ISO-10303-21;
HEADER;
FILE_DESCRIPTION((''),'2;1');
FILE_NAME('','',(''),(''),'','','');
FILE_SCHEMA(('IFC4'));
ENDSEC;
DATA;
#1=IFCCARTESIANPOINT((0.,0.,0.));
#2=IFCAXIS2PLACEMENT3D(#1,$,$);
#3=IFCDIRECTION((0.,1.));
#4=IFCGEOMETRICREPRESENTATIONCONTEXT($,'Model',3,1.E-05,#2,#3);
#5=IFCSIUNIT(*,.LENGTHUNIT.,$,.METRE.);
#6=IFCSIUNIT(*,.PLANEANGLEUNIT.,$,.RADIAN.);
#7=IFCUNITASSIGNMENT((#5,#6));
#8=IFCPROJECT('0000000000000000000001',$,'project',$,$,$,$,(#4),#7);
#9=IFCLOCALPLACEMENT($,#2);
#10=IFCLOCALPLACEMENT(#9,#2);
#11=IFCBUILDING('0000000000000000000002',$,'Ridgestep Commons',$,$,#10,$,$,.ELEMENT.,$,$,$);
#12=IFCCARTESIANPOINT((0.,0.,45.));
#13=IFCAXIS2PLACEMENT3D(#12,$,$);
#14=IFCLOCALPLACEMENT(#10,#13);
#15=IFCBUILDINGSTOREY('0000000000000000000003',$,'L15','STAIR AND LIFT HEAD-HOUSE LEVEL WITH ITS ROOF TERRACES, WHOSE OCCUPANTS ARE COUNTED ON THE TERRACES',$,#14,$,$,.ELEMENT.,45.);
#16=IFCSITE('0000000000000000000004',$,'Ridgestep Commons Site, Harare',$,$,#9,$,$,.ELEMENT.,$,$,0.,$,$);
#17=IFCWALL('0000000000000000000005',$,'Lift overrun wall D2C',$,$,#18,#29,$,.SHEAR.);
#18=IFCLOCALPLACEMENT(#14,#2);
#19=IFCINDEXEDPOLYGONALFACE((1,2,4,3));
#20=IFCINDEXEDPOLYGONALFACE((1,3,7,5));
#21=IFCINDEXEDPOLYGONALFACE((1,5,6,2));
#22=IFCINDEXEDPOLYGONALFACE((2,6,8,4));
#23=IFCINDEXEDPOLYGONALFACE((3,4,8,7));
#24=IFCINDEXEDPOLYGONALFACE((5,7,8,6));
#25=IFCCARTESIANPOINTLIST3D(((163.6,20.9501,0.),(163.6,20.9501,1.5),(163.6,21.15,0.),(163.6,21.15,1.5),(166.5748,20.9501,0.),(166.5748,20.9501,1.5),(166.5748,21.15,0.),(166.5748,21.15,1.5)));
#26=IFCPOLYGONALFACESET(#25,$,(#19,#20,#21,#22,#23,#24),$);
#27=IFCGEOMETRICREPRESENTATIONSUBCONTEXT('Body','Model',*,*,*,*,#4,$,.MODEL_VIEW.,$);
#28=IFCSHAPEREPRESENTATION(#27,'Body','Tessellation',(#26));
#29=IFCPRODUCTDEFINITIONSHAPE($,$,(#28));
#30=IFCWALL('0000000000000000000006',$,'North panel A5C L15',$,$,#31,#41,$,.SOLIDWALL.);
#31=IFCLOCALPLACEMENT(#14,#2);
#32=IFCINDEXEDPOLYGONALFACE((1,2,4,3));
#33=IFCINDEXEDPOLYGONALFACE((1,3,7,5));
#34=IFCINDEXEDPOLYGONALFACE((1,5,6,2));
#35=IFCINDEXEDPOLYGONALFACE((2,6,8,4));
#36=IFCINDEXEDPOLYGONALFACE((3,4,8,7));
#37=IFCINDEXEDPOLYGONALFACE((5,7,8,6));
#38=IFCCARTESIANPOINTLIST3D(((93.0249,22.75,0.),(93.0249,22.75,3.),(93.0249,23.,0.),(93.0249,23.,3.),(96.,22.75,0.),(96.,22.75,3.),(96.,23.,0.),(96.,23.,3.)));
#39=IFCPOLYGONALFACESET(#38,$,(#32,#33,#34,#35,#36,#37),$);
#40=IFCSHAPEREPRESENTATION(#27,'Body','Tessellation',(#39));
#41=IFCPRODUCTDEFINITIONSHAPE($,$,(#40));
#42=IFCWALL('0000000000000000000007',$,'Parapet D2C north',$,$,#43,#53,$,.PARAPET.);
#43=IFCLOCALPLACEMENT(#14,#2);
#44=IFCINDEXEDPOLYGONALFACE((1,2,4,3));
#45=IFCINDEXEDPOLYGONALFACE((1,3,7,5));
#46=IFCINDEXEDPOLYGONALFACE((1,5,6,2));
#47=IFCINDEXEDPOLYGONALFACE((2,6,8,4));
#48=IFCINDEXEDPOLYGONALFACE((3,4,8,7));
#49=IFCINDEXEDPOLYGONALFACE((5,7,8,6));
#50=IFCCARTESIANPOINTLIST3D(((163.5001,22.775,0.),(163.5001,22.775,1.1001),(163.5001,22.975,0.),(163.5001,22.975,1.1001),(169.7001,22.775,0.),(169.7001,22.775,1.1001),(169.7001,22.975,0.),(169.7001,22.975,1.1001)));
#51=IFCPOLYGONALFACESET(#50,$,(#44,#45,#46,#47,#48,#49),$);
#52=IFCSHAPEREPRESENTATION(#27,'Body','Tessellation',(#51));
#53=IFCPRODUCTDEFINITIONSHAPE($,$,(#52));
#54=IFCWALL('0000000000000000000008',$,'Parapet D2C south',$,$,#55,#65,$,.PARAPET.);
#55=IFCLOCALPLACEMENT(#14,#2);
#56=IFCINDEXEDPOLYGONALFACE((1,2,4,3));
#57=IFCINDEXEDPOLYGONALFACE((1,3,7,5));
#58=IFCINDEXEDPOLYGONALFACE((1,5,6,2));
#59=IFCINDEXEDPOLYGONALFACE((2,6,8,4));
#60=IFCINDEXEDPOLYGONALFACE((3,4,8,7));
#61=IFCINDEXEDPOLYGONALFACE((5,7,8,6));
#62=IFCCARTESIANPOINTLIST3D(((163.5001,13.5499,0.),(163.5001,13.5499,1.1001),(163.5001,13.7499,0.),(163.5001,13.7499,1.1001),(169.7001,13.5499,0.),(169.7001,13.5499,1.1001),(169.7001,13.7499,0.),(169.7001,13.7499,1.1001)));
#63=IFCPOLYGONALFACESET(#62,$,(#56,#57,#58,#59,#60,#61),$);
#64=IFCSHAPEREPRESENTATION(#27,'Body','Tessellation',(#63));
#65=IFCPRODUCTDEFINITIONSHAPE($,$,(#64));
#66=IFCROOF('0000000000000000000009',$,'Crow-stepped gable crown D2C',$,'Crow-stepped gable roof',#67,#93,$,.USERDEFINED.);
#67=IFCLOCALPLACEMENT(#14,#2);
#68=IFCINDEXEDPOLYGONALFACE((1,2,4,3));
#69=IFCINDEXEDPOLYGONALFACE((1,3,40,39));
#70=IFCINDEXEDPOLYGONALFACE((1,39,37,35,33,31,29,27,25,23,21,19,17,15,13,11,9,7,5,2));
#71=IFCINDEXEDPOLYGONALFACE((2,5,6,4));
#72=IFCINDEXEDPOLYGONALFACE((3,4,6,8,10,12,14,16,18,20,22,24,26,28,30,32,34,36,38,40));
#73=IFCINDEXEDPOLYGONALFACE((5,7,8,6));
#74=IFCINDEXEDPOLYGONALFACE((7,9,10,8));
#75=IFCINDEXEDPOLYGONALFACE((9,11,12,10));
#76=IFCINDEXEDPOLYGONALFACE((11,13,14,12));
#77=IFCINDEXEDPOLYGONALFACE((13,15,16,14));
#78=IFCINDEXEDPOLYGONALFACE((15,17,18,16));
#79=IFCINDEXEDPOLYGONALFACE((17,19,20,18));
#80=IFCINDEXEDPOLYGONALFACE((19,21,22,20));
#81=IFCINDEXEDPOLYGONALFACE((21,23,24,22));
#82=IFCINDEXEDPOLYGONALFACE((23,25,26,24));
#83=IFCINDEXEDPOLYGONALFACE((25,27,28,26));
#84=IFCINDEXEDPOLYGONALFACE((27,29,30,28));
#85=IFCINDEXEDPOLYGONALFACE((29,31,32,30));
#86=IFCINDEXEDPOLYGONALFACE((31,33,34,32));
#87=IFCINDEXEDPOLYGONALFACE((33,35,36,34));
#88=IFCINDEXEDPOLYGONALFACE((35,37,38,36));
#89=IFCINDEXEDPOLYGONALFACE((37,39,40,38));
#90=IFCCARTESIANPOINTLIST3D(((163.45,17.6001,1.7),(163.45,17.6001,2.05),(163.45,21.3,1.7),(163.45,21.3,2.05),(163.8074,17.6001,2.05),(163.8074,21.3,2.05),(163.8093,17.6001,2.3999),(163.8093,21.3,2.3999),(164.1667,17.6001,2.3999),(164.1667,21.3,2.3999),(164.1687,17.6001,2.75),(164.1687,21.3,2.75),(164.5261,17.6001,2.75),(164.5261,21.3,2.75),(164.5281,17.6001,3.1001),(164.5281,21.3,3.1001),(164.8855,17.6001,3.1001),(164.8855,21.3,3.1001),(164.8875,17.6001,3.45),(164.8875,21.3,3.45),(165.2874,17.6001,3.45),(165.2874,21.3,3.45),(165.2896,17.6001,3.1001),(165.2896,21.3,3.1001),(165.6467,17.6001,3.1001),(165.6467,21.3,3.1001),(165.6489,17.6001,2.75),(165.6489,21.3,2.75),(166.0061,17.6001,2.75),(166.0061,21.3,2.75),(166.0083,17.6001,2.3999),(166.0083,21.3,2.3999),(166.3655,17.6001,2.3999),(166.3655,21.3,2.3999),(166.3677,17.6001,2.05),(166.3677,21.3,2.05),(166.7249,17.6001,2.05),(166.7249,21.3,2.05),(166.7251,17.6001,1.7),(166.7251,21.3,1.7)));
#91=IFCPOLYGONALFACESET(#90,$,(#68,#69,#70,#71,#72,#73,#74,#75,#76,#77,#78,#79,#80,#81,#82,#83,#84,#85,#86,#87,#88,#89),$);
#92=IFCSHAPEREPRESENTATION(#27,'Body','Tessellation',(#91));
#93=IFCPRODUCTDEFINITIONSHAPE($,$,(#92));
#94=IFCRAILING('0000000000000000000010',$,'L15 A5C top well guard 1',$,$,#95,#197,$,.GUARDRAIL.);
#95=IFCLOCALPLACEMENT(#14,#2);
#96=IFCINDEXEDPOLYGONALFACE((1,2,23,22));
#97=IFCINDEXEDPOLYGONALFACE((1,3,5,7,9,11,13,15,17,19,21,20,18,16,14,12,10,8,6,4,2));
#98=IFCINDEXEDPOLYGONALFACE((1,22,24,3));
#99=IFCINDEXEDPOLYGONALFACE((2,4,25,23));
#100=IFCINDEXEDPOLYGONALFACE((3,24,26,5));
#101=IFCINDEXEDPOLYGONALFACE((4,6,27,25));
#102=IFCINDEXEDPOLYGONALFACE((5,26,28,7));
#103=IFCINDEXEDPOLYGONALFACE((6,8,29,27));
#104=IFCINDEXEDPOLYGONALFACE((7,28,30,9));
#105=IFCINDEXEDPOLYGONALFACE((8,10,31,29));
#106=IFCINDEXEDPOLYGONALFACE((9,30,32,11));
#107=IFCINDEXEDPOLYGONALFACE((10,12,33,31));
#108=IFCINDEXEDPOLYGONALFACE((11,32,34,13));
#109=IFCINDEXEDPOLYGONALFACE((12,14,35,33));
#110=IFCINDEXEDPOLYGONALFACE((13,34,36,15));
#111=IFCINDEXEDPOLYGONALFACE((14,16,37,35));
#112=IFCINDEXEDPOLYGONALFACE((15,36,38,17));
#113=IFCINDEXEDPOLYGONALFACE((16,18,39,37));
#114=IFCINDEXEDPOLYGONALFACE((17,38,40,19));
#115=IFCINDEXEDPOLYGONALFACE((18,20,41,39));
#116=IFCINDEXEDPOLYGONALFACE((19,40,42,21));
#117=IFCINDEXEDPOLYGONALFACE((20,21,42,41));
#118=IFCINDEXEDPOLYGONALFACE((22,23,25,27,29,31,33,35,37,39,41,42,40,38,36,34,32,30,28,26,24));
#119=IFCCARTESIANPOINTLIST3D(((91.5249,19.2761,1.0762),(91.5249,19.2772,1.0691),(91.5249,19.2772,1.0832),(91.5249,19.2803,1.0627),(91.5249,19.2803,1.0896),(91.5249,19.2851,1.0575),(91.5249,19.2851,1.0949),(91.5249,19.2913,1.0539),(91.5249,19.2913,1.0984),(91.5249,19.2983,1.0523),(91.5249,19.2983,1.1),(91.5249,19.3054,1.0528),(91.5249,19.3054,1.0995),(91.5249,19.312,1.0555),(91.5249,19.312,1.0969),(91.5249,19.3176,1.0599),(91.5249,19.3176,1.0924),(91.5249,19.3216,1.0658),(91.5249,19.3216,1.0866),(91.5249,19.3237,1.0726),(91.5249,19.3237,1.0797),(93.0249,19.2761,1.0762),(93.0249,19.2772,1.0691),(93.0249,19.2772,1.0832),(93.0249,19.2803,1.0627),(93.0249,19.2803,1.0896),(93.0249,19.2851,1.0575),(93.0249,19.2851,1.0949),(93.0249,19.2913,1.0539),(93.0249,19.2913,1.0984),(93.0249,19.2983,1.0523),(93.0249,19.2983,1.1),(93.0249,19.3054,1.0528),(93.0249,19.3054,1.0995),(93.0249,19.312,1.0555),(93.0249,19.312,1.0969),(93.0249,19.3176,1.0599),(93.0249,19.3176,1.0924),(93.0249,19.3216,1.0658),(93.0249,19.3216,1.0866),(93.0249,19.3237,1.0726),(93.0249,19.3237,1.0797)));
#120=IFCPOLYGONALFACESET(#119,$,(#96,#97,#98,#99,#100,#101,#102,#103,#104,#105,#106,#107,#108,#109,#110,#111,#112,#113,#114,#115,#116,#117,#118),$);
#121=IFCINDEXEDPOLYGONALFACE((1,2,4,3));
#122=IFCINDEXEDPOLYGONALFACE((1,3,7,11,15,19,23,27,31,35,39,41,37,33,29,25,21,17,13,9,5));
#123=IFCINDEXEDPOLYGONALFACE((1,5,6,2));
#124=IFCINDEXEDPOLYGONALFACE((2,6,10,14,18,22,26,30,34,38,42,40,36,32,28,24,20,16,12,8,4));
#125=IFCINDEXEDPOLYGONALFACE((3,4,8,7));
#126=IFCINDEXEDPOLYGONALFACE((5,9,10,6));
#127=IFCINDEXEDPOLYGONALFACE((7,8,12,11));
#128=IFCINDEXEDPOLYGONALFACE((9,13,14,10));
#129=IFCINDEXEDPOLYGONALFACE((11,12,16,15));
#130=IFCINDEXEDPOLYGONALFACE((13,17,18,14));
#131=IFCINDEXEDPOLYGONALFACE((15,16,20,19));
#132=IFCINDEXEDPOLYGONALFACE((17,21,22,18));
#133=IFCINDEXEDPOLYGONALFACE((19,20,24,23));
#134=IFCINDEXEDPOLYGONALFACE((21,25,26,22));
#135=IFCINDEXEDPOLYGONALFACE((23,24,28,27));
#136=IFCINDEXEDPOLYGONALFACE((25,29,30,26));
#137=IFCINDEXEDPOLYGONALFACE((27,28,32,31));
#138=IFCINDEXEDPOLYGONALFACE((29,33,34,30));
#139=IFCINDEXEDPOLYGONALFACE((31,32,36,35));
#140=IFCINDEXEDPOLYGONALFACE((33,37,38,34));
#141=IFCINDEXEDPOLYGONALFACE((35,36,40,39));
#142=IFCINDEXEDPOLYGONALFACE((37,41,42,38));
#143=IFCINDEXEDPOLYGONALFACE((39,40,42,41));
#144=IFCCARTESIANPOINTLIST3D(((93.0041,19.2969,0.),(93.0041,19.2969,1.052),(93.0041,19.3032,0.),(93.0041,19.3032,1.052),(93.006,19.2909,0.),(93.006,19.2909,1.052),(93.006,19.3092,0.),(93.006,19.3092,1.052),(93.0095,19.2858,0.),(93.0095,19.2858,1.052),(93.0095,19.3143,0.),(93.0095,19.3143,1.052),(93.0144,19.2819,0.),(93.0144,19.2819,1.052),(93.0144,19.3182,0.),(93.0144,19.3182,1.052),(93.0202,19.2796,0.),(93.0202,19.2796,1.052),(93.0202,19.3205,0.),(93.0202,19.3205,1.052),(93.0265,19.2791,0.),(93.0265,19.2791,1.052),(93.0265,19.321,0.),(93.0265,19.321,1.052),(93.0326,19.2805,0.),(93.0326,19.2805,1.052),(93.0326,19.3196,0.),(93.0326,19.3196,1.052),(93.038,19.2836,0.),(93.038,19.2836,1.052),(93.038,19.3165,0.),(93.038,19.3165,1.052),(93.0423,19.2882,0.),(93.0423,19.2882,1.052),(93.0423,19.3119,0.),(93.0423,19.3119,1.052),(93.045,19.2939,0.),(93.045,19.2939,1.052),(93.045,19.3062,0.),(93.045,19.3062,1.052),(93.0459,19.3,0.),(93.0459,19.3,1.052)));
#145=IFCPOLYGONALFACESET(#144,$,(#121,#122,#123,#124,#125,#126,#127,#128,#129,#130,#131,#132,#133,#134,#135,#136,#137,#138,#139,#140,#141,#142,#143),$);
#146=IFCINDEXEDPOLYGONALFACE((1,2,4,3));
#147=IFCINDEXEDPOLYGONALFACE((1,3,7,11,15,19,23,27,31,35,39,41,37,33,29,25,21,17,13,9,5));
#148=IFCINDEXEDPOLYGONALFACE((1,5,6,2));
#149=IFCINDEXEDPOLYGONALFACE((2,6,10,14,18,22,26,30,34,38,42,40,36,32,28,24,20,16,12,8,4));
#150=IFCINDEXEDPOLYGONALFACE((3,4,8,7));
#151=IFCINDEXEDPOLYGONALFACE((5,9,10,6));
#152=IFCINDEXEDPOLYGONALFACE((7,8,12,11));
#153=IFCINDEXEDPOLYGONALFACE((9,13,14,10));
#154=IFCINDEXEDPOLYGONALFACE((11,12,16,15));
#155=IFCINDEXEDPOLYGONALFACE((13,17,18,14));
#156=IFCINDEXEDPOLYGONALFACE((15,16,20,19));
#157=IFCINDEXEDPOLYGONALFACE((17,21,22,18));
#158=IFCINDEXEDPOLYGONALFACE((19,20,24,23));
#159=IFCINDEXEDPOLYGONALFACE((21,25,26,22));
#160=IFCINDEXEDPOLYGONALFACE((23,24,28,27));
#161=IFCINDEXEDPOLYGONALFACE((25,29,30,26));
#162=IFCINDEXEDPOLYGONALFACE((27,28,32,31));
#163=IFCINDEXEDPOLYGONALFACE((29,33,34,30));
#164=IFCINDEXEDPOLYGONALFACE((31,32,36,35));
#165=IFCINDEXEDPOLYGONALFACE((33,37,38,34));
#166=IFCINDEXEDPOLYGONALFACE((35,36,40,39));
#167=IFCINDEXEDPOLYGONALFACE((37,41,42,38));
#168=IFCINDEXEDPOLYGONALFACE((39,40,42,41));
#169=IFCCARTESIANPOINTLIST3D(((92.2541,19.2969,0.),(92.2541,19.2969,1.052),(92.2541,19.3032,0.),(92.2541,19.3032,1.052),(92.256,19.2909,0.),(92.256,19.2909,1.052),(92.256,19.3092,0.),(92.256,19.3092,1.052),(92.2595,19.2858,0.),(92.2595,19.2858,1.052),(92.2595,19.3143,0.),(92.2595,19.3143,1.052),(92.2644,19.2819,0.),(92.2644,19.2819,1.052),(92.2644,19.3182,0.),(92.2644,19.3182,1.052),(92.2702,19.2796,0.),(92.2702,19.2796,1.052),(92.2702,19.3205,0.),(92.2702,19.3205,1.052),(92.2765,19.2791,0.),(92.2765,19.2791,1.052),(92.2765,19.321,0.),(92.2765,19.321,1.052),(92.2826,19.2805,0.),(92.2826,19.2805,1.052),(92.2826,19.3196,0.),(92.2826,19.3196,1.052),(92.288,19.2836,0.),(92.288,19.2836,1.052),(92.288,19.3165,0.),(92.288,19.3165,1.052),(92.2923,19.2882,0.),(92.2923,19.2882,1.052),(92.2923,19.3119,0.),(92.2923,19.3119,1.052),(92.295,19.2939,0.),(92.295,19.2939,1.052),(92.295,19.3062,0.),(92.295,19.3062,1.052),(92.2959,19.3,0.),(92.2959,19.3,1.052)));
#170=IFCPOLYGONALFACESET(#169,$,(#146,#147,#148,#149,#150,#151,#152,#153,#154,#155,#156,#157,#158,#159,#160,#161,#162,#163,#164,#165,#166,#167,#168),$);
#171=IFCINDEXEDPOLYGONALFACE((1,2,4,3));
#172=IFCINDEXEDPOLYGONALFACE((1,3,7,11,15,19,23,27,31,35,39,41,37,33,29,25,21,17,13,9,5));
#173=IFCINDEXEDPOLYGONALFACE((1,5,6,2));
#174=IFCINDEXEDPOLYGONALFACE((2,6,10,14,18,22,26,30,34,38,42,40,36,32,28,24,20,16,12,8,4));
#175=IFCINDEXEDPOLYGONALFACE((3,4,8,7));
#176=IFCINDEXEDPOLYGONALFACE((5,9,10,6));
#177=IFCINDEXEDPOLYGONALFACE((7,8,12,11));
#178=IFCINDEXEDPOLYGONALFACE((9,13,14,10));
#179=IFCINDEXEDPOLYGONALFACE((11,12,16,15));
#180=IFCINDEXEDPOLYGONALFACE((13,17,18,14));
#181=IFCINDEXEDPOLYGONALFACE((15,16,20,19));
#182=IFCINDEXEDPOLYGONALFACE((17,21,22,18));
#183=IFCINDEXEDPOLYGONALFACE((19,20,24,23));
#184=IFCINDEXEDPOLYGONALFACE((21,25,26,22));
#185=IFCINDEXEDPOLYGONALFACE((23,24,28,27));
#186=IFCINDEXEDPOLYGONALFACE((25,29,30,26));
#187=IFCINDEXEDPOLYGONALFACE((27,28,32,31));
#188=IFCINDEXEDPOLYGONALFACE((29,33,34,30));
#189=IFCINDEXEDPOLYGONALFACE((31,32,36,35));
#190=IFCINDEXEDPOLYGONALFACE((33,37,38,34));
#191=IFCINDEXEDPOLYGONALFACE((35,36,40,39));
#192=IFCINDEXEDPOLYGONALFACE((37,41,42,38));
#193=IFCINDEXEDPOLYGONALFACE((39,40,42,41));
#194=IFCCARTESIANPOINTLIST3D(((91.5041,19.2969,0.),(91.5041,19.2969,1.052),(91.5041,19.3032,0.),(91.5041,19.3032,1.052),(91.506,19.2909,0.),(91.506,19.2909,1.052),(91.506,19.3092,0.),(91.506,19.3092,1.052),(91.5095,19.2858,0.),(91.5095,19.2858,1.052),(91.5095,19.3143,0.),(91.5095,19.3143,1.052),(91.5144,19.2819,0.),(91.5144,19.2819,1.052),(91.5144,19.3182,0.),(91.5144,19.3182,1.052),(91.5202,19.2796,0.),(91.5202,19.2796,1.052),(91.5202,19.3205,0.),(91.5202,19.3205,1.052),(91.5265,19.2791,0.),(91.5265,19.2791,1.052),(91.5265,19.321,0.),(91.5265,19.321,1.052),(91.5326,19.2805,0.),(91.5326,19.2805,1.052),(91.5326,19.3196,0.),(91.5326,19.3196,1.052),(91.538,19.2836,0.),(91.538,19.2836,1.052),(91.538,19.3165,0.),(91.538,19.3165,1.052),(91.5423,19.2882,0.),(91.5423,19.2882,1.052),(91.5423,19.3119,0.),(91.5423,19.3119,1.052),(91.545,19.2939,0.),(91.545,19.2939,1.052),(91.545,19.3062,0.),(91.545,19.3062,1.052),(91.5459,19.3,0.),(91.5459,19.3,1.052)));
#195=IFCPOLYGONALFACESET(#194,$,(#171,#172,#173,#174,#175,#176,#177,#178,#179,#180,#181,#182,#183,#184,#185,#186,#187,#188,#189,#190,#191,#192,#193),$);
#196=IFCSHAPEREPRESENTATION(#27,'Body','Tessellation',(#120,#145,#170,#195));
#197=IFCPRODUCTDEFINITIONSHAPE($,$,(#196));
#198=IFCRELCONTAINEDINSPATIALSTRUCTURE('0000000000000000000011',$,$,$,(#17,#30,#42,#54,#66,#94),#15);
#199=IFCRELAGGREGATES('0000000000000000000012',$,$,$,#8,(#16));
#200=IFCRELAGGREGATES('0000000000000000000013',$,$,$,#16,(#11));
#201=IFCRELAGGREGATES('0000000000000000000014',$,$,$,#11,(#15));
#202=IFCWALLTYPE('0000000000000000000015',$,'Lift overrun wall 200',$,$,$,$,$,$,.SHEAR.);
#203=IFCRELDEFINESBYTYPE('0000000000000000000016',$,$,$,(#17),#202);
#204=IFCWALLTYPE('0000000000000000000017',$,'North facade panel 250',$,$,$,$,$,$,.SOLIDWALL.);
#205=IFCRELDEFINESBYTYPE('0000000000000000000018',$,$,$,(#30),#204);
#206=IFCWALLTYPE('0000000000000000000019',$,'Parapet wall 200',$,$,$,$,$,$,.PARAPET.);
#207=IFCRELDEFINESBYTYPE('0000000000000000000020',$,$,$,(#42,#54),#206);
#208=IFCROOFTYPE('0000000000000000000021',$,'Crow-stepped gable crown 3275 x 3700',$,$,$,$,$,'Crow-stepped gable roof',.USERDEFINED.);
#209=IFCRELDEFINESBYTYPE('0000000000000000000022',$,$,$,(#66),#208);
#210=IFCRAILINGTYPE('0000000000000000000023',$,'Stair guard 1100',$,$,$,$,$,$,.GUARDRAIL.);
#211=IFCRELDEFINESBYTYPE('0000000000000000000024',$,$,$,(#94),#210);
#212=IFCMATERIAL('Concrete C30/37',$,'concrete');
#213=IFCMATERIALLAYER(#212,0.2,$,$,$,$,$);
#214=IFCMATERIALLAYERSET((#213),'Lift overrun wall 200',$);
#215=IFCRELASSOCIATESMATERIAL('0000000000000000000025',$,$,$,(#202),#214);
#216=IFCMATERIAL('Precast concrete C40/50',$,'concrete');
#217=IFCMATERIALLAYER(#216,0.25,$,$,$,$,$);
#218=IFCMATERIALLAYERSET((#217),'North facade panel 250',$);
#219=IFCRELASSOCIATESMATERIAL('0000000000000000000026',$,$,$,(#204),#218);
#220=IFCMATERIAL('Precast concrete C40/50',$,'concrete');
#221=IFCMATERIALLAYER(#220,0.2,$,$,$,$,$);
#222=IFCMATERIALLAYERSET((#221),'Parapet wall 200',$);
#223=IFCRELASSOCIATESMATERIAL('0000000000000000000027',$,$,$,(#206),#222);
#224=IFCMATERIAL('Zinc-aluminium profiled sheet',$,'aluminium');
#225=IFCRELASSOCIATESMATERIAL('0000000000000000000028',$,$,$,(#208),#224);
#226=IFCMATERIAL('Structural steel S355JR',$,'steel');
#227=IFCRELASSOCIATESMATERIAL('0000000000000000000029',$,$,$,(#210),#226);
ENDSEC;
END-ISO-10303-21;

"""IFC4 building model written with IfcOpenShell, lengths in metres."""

from ifc_helpers import new_model, si_unit, direction, frame, frame_2d, origin, origin_2d, place, context, subcontext, project, spatial, polyline, rectangle, circle, outline, extrude, material, layer, layer_set, type_object, element, save


model = new_model("IFC4")

# Units and contexts
model_context = context("Model", 3, precision=1e-05, world=origin(), true_north=direction((0.0, 1.0)))
body_context = subcontext(model_context, "Body", "Model", "MODEL_VIEW")
ifc_project = project(units=[si_unit("LENGTHUNIT", "METRE"), si_unit("PLANEANGLEUNIT", "RADIAN")], contexts=[model_context])

# Site, building, storey
site_placement = place(None, origin())
site = spatial("IfcSite", under=ifc_project, at=site_placement, Name="Ridgestep Commons Site, Harare", CompositionType="ELEMENT", RefElevation=0.0)
building_placement = place(site_placement, origin())
building = spatial("IfcBuilding", under=site, at=building_placement, Name="Ridgestep Commons", CompositionType="ELEMENT")
storey_placement = place(building_placement, frame((0.0, 0.0, 45.0)))
storey = spatial("IfcBuildingStorey", under=building, at=storey_placement, Name="L15", Description="STAIR AND LIFT HEAD-HOUSE LEVEL WITH ITS ROOF TERRACES, WHOSE OCCUPANTS ARE COUNTED ON THE TERRACES", CompositionType="ELEMENT", Elevation=45.0)

# Walls
ifc_material_1 = material(Name="Concrete C30/37", Category="concrete")
ifc_layer_1 = layer(ifc_material_1, 0.2)
ifc_layer_set_1 = layer_set([ifc_layer_1], Name="Lift overrun wall 200")
wall_type_1 = type_object("IfcWallType", Name="Lift overrun wall 200", PredefinedType="SHEAR", material=ifc_layer_set_1)
for number, where, z_axis, x_axis, name in (
    (1, (163.6001, 21.05, 0.0), (0.0, 0.0, 1.0), (1.0, 0.0, 0.0), "Lift overrun wall D2C"),
):
    element("IfcWall", number, at=place(storey_placement, frame(where, z_axis=z_axis, x_axis=x_axis)), inside=storey, type_object=wall_type_1, Name=name, PredefinedType="SHEAR", context=body_context, shape_type="SweptSolid", body=[
        extrude(rectangle(XDim=2.9749, YDim=0.2, at=frame_2d((1.4873, 0.0))), origin(), (0.0, 0.0, 1.0), 1.5),
    ])
ifc_material_2 = material(Name="Precast concrete C40/50", Category="concrete")
ifc_layer_2 = layer(ifc_material_2, 0.25)
ifc_layer_set_2 = layer_set([ifc_layer_2], Name="North facade panel 250")
wall_type_2 = type_object("IfcWallType", Name="North facade panel 250", PredefinedType="SOLIDWALL", material=ifc_layer_set_2)
wall_1_placement = place(storey_placement, frame((93.0249, 22.875, 0.0), z_axis=(0.0, 0.0, 1.0), x_axis=(1.0, 0.0, 0.0)))
element("IfcWall", 2, at=wall_1_placement, inside=storey, type_object=wall_type_2, Name="North panel A5C L15", PredefinedType="SOLIDWALL", context=body_context, shape_type="SweptSolid", body=[
    extrude(rectangle(XDim=2.9751, YDim=0.25, at=frame_2d((1.4875, 0.0))), origin(), (0.0, 0.0, 1.0), 3.0),
])
ifc_material_3 = material(Name="Precast concrete C40/50", Category="concrete")
ifc_layer_3 = layer(ifc_material_3, 0.2)
ifc_layer_set_3 = layer_set([ifc_layer_3], Name="Parapet wall 200")
wall_type_3 = type_object("IfcWallType", Name="Parapet wall 200", PredefinedType="PARAPET", material=ifc_layer_set_3)
for number, where, z_axis, x_axis, name in (
    (3, (163.5, 22.875, 0.0), (0.0, 0.0, 1.0), (1.0, 0.0, 0.0), "Parapet D2C north"),
    (4, (163.5, 13.6499, 0.0), (0.0, 0.0, 1.0), (1.0, 0.0, 0.0), "Parapet D2C south"),
):
    element("IfcWall", number, at=place(storey_placement, frame(where, z_axis=z_axis, x_axis=x_axis)), inside=storey, type_object=wall_type_3, Name=name, PredefinedType="PARAPET", context=body_context, shape_type="SweptSolid", body=[
        extrude(rectangle(XDim=6.2, YDim=0.2, at=frame_2d((3.1001, 0.0))), origin(), (0.0, 0.0, 1.0), 1.1001),
    ])

# Roof
ifc_material_4 = material(Name="Zinc-aluminium profiled sheet", Category="aluminium")
roof_type = type_object("IfcRoofType", Name="Crow-stepped gable crown 3275 x 3700", ElementType="Crow-stepped gable roof", PredefinedType="USERDEFINED", material=ifc_material_4)
roof_placement = place(storey_placement, frame((163.45, 19.45, 1.7), z_axis=(0.0, 0.0, 1.0), x_axis=(1.0, 0.0, 0.0)))
element("IfcRoof", 5, at=roof_placement, inside=storey, type_object=roof_type, Name="Crow-stepped gable crown D2C", ObjectType="Crow-stepped gable roof", PredefinedType="USERDEFINED", context=body_context, shape_type="SweptSolid", body=[
    extrude(outline(polyline([(0.0, 0.0), (3.2751, 0.0), (3.2749, 0.3501), (2.9177, 0.3501), (2.9155, 0.7), (2.5583, 0.7), (2.5562, 1.05), (2.199, 1.05), (2.1968, 1.4001), (1.8396, 1.4001), (1.8374, 1.75), (1.4375, 1.75), (1.4355, 1.4001), (1.0781, 1.4001), (1.0762, 1.05), (0.7188, 1.05), (0.7168, 0.7), (0.3594, 0.7), (0.3574, 0.3501), (0.0, 0.3501), (0.0, 0.0)])), frame((0.0, 1.8501, 0.0), z_axis=(0.0, -1.0, 0.0), x_axis=(1.0, 0.0, 0.0)), (0.0, 0.0, 1.0), 3.7),
])

# Railing
ifc_material_5 = material(Name="Structural steel S355JR", Category="steel")
railing_type = type_object("IfcRailingType", Name="Stair guard 1100", PredefinedType="GUARDRAIL", material=ifc_material_5)
railing_placement = place(storey_placement, frame((93.0249, 19.3, 0.0)))
element("IfcRailing", 6, at=railing_placement, inside=storey, type_object=railing_type, Name="L15 A5C top well guard 1", PredefinedType="GUARDRAIL", context=body_context, shape_type="SweptSolid", body=[
    extrude(circle(Radius=0.0239, at=origin_2d()), frame((0.0, 0.0, 1.0762), z_axis=(-1.0, 0.0, 0.0), x_axis=(0.0, -1.0, 0.0)), (0.0, 0.0, 1.0), 1.5),
    extrude(circle(Radius=0.021, at=origin_2d()), origin(), (0.0, 0.0, 1.0), 1.052),
    extrude(circle(Radius=0.021, at=origin_2d()), frame((-0.75, 0.0, 0.0)), (0.0, 0.0, 1.0), 1.052),
    extrude(circle(Radius=0.021, at=origin_2d()), frame((-1.5, 0.0, 0.0)), (0.0, 0.0, 1.0), 1.052),
])

save(model, "model.ifc")
